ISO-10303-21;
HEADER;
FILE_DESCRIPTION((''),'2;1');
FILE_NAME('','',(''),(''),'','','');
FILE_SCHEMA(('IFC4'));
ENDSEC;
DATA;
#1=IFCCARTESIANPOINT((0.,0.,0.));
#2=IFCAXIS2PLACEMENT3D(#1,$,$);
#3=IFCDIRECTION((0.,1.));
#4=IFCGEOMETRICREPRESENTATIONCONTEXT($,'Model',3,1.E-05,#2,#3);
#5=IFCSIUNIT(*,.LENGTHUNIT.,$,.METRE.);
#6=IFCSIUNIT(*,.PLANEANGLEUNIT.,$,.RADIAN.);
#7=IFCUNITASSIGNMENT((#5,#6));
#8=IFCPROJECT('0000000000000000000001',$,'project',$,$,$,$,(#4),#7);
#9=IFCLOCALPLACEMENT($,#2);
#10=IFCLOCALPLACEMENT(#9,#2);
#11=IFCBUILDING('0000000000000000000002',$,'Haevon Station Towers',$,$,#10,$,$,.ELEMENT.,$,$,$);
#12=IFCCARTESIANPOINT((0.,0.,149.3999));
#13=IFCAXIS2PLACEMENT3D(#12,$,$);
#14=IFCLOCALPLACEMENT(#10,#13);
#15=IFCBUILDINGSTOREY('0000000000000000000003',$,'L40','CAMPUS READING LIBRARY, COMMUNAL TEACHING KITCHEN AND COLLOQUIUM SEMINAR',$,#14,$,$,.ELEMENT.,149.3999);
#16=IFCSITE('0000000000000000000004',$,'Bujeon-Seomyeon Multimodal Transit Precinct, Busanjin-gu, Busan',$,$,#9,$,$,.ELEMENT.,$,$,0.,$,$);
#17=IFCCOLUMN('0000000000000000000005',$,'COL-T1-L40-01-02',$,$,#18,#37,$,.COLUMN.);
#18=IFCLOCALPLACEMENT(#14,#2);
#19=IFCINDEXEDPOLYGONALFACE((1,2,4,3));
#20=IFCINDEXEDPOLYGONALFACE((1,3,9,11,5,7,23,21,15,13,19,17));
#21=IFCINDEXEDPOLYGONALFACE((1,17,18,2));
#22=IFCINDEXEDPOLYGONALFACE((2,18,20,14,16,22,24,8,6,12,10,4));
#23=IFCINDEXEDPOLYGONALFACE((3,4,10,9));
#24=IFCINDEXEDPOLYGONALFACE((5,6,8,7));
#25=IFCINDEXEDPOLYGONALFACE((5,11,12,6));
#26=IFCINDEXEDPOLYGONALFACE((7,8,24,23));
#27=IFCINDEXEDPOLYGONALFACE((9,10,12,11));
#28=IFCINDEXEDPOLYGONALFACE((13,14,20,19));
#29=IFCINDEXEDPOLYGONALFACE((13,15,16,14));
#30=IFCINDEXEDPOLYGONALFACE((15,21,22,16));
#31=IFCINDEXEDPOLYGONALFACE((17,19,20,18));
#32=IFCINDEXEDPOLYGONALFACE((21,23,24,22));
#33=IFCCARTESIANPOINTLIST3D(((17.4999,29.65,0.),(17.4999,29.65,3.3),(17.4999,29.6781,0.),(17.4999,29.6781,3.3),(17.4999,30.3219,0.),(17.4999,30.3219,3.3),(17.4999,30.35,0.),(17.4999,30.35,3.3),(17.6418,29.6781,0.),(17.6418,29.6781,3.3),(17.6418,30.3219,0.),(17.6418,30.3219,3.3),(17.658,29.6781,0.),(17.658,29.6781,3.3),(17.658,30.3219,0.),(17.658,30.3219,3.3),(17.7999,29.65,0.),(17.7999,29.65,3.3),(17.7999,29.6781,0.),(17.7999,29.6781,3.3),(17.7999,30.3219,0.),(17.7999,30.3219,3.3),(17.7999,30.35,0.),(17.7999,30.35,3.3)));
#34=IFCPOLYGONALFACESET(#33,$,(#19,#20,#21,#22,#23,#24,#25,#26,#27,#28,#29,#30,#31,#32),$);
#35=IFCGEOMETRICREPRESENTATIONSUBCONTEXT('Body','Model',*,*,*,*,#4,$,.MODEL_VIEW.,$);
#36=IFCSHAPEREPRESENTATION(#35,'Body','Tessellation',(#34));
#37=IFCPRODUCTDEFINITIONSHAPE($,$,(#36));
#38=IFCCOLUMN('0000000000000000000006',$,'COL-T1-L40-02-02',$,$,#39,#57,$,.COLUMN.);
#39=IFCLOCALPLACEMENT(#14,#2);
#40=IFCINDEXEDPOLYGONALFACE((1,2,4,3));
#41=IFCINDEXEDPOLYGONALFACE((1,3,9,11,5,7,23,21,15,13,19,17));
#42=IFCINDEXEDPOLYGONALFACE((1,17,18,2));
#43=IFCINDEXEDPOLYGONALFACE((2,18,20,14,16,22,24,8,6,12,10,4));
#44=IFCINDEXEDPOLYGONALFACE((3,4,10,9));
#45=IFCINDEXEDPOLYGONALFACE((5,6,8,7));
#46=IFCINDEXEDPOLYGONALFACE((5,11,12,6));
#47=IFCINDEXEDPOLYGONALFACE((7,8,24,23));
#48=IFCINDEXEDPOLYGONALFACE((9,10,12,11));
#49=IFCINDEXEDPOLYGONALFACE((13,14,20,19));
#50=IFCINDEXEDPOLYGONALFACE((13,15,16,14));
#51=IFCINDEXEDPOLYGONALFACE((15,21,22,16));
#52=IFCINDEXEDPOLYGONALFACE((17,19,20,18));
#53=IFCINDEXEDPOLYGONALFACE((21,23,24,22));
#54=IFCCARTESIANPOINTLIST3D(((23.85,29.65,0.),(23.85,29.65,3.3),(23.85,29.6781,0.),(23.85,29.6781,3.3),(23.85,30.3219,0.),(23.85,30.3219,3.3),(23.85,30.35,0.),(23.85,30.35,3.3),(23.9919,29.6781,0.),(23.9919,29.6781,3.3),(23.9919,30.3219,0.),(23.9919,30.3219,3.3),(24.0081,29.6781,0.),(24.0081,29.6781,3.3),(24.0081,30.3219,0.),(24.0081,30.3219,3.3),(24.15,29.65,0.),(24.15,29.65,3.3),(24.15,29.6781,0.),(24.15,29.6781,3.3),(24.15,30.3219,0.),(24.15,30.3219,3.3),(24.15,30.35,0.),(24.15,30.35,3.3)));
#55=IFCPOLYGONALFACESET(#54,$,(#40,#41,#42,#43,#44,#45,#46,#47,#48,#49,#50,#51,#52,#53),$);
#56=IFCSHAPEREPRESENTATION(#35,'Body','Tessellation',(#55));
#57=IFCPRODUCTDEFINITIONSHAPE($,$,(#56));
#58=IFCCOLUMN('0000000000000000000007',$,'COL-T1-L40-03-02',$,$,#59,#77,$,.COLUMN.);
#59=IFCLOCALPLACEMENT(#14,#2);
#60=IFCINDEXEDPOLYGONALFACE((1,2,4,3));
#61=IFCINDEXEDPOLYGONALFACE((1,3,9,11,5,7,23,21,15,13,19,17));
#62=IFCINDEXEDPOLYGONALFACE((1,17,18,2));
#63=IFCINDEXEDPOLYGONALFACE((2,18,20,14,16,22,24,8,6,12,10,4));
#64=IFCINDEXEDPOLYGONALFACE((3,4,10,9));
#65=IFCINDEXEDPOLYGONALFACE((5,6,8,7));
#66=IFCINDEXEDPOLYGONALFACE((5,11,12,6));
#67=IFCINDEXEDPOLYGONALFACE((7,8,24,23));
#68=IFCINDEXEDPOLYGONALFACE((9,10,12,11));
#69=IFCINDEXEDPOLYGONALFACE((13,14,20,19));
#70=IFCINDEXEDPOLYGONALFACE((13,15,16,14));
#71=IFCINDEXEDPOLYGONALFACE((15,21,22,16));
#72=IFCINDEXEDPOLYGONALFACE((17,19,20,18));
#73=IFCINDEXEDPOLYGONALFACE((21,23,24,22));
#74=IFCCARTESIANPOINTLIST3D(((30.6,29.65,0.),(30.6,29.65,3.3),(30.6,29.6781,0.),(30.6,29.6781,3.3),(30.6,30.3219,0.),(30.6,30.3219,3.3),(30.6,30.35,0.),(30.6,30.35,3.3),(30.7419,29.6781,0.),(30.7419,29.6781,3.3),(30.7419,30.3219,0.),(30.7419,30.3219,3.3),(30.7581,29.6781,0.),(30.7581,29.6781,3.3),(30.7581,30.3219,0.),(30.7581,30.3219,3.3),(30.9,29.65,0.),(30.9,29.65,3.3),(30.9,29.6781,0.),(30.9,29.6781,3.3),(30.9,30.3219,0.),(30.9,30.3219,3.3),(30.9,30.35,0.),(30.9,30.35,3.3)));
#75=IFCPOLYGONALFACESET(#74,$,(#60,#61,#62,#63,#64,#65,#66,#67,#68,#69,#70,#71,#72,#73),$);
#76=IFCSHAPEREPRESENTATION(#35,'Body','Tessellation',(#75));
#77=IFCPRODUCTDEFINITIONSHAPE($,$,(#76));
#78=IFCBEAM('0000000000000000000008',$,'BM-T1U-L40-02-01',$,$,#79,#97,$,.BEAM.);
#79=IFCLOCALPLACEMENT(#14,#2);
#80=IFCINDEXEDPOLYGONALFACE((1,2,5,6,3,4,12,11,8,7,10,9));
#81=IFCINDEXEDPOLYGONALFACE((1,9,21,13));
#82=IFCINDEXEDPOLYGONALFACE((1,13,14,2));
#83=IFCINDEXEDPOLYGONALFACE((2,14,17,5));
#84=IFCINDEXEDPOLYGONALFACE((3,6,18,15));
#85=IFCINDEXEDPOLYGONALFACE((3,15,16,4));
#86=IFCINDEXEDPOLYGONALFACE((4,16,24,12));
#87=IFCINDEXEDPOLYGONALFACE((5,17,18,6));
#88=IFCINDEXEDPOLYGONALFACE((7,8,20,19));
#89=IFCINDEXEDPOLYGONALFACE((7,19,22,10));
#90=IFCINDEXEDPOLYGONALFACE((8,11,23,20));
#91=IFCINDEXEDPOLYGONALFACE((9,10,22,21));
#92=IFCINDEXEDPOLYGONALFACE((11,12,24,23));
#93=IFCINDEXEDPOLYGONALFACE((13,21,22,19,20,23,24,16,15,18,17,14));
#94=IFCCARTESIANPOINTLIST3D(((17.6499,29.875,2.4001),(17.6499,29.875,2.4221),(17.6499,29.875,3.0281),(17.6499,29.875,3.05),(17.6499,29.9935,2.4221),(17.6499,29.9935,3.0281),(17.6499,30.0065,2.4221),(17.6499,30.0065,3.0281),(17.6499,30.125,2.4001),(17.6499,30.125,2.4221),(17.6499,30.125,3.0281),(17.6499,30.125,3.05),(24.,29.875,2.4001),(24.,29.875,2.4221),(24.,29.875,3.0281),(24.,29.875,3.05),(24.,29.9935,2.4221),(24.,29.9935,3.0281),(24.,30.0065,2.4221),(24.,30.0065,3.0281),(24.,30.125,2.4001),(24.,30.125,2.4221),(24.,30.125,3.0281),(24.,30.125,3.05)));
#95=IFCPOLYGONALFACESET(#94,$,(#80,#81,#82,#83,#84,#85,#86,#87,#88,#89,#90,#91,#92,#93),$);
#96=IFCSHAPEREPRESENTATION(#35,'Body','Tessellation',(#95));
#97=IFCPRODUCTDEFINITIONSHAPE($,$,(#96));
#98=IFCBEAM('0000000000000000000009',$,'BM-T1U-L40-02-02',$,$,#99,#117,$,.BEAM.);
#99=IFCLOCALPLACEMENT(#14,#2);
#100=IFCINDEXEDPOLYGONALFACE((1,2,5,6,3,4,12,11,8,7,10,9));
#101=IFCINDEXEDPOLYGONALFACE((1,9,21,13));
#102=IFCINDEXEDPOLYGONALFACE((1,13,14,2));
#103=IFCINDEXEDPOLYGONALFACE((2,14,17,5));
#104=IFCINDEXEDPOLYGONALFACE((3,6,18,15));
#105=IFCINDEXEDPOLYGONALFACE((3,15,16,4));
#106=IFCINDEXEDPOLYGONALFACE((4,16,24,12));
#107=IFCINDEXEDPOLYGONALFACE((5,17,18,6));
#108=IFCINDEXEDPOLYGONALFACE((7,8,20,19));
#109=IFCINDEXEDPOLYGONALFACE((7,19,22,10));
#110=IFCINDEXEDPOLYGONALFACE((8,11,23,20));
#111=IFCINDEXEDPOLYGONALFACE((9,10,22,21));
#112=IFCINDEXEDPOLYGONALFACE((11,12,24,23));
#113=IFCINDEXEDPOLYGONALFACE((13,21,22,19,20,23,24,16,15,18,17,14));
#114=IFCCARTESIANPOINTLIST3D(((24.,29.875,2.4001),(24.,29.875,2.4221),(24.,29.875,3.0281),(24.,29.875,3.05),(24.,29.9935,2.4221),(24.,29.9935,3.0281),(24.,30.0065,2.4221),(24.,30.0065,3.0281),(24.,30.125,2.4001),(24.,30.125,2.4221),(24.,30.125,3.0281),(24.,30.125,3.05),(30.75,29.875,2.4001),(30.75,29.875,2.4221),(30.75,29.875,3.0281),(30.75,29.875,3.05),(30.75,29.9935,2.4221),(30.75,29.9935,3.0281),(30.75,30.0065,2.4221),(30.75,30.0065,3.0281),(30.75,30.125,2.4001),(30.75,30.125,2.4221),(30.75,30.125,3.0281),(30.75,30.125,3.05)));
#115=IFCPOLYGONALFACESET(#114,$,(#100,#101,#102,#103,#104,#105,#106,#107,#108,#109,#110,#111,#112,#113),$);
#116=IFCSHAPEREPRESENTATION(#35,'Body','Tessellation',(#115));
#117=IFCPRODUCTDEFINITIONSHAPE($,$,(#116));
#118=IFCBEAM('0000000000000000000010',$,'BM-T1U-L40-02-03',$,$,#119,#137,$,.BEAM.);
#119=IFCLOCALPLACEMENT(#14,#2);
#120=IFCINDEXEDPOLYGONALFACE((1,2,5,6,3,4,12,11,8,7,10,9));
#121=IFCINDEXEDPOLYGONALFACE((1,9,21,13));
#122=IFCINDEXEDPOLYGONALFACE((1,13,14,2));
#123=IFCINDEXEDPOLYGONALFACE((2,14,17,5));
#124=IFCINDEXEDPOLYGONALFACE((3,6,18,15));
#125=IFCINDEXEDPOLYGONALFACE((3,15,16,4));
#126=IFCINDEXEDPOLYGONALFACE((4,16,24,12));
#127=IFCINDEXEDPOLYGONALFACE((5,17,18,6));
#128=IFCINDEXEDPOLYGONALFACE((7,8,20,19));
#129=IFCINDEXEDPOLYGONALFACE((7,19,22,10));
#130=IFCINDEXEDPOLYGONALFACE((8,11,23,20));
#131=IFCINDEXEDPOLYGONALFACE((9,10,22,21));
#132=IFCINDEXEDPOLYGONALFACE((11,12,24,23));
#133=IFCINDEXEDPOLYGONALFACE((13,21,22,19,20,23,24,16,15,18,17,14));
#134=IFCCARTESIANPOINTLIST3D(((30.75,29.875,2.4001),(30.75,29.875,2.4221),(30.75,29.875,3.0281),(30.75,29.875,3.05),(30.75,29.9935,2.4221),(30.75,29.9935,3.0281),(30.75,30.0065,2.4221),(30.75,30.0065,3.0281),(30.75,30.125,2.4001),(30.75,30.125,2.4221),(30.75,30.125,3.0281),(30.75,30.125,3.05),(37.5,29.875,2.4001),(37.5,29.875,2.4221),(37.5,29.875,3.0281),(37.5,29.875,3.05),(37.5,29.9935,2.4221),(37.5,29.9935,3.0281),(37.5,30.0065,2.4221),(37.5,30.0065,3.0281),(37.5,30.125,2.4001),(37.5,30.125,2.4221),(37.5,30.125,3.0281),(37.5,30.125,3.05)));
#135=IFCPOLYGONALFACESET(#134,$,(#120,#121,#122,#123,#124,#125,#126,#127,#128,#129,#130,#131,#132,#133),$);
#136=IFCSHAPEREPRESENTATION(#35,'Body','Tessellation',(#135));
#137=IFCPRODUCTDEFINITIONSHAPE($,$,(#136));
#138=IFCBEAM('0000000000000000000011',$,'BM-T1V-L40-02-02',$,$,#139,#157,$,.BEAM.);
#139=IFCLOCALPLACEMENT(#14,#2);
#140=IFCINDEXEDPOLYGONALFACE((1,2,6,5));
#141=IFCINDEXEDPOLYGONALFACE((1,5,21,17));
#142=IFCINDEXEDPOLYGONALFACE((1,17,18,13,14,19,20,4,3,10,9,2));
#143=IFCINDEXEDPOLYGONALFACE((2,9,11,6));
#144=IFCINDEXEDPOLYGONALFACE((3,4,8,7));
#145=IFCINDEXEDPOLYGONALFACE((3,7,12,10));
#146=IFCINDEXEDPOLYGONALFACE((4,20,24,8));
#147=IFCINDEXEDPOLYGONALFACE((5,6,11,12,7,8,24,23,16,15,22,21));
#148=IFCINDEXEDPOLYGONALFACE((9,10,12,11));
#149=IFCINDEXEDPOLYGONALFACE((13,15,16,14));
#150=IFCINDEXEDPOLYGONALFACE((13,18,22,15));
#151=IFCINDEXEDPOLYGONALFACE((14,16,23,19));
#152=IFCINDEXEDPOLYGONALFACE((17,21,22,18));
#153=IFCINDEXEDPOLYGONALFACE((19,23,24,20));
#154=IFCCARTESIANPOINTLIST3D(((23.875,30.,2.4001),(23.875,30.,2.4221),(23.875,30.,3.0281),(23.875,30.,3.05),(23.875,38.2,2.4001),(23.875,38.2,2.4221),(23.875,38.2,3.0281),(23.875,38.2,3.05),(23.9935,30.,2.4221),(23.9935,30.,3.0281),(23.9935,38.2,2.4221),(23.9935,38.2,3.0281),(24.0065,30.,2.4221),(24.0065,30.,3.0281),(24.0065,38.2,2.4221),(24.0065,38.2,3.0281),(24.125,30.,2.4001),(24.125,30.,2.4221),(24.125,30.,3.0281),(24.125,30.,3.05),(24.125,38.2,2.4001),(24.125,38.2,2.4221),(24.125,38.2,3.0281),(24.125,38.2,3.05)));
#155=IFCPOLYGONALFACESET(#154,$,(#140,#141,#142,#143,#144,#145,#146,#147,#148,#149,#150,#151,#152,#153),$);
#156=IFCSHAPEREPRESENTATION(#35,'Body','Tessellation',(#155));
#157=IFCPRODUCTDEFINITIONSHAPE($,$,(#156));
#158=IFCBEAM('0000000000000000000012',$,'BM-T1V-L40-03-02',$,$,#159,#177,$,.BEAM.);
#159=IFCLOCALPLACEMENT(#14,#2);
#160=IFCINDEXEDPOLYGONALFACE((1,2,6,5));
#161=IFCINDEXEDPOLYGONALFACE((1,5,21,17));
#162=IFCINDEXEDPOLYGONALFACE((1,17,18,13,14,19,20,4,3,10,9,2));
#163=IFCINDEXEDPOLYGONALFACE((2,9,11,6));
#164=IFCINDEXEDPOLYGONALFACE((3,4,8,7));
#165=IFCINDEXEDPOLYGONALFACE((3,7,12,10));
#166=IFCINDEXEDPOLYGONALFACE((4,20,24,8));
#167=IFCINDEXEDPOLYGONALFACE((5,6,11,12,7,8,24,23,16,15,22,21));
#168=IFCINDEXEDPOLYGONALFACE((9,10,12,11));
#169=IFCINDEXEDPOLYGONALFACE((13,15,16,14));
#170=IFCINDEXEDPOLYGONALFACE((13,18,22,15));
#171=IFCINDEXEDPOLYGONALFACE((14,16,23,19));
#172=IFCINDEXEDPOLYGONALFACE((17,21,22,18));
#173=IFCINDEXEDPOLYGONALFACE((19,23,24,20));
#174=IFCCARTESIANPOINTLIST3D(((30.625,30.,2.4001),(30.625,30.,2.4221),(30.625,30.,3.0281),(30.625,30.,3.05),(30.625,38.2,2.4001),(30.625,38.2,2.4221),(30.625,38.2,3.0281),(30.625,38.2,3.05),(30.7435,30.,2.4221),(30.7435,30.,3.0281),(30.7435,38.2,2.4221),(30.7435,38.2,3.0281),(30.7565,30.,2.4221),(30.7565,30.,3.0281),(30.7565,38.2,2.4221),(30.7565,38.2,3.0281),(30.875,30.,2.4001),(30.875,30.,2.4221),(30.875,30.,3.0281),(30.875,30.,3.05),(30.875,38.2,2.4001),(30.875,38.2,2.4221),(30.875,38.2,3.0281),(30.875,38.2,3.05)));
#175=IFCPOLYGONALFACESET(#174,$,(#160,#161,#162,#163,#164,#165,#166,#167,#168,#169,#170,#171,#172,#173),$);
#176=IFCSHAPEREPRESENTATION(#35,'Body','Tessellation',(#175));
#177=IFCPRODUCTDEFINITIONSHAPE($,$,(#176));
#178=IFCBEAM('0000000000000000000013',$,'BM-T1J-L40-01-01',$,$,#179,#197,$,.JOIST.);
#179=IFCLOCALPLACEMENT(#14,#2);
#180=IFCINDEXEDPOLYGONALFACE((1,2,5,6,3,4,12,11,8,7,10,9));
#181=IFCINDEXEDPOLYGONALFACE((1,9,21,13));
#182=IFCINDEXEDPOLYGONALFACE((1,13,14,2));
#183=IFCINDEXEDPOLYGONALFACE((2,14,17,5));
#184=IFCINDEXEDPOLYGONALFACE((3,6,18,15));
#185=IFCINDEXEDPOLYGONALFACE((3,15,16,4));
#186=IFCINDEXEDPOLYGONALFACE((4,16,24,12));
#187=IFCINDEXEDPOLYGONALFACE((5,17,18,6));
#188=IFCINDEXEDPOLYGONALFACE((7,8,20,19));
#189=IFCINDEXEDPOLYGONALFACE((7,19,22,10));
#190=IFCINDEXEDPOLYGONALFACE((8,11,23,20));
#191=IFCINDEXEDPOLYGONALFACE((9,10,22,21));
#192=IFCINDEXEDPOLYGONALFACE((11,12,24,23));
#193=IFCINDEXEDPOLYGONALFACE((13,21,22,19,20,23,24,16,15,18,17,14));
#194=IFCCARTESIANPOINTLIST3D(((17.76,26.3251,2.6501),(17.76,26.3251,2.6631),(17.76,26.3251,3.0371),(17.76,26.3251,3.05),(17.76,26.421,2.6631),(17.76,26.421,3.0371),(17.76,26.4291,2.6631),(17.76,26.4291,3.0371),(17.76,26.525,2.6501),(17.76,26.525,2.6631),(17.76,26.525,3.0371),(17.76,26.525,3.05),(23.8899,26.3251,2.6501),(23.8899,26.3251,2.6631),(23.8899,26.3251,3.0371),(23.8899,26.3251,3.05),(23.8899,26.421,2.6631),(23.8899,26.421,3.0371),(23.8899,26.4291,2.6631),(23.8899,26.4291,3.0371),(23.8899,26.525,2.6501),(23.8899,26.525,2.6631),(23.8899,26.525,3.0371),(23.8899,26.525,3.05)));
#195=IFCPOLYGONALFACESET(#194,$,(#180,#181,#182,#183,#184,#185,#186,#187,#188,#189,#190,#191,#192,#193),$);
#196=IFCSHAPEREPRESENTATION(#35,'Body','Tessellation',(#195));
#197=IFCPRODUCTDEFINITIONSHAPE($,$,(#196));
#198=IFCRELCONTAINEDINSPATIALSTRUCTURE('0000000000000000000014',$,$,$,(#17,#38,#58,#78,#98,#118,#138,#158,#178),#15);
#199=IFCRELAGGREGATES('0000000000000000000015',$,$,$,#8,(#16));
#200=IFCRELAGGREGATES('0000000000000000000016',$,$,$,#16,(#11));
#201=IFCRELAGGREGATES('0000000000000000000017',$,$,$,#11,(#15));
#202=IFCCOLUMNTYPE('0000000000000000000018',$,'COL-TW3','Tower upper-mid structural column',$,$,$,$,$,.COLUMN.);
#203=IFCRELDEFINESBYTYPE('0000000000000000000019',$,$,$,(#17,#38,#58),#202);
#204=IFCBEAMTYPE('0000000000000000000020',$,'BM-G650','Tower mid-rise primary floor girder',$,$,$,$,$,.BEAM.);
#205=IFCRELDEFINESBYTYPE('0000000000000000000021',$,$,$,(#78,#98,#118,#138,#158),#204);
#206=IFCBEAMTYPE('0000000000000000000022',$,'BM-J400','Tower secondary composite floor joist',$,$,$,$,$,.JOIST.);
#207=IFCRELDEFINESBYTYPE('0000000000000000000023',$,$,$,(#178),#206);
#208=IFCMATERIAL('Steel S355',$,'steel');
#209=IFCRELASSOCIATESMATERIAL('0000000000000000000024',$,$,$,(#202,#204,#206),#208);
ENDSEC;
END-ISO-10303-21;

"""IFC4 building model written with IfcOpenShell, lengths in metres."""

from ifc_helpers import new_model, si_unit, direction, frame, origin, origin_2d, place, context, subcontext, project, spatial, i_section, extrude, material, material_profile, profile_set, type_object, element, save


model = new_model("IFC4")

# Units and contexts
model_context = context("Model", 3, precision=1e-05, world=origin(), true_north=direction((0.0, 1.0)))
body_context = subcontext(model_context, "Body", "Model", "MODEL_VIEW")
ifc_project = project(units=[si_unit("LENGTHUNIT", "METRE"), si_unit("PLANEANGLEUNIT", "RADIAN")], contexts=[model_context])

# Site, building, storey
site_placement = place(None, origin())
site = spatial("IfcSite", under=ifc_project, at=site_placement, Name="Bujeon-Seomyeon Multimodal Transit Precinct, Busanjin-gu, Busan", CompositionType="ELEMENT", RefElevation=0.0)
building_placement = place(site_placement, origin())
building = spatial("IfcBuilding", under=site, at=building_placement, Name="Haevon Station Towers", CompositionType="ELEMENT")
storey_placement = place(building_placement, frame((0.0, 0.0, 149.3999)))
storey = spatial("IfcBuildingStorey", under=building, at=storey_placement, Name="L40", Description="CAMPUS READING LIBRARY, COMMUNAL TEACHING KITCHEN AND COLLOQUIUM SEMINAR", CompositionType="ELEMENT", Elevation=149.3999)

# Columns
ifc_material_1 = material(Name="Steel S355", Category="steel")
ifc_material_profile_1 = material_profile(ifc_material_1, i_section(OverallWidth=0.3, OverallDepth=0.7, WebThickness=0.0161, FlangeThickness=0.0281, at=origin_2d()), Name="H-700x300x16x28")
ifc_profile_set_1 = profile_set([ifc_material_profile_1], Name="Steel S355")
column_type = type_object("IfcColumnType", Name="COL-TW3", Description="Tower upper-mid structural column", PredefinedType="COLUMN", material=ifc_profile_set_1)
for number, where, z_axis, x_axis, name in (
    (1, (17.6499, 30.0, 0.0), (0.0, 0.0, 1.0), (1.0, 0.0, 0.0), "COL-T1-L40-01-02"),
    (2, (24.0, 30.0, 0.0), (0.0, 0.0, 1.0), (1.0, 0.0, 0.0), "COL-T1-L40-02-02"),
    (3, (30.75, 30.0, 0.0), (0.0, 0.0, 1.0), (1.0, 0.0, 0.0), "COL-T1-L40-03-02"),
):
    element("IfcColumn", number, at=place(storey_placement, frame(where, z_axis=z_axis, x_axis=x_axis)), inside=storey, type_object=column_type, Name=name, PredefinedType="COLUMN", context=body_context, shape_type="SweptSolid", body=[
        extrude(i_section(OverallWidth=0.3, OverallDepth=0.7, WebThickness=0.0161, FlangeThickness=0.0281, at=origin_2d()), origin(), (0.0, 0.0, 1.0), 3.3),
    ])

# Beams
ifc_material_profile_2 = material_profile(ifc_material_1, i_section(OverallWidth=0.25, OverallDepth=0.6499, WebThickness=0.0129, FlangeThickness=0.022, at=origin_2d()), Name="H-650x250x13x22")
ifc_profile_set_2 = profile_set([ifc_material_profile_2], Name="Steel S355")
beam_type_1 = type_object("IfcBeamType", Name="BM-G650", Description="Tower mid-rise primary floor girder", PredefinedType="BEAM", material=ifc_profile_set_2)
beam_1_placement = place(storey_placement, frame((17.6499, 30.0, 2.7251), z_axis=(1.0, 0.0, 0.0), x_axis=(0.0, 1.0, 0.0)))
element("IfcBeam", 4, at=beam_1_placement, inside=storey, type_object=beam_type_1, Name="BM-T1U-L40-02-01", PredefinedType="BEAM", context=body_context, shape_type="SweptSolid", body=[
    extrude(i_section(OverallWidth=0.25, OverallDepth=0.6499, WebThickness=0.0129, FlangeThickness=0.022, at=origin_2d()), origin(), (0.0, 0.0, 1.0), 6.3501),
])
for number, where, z_axis, x_axis, name in (
    (5, (24.0, 30.0, 2.7251), (1.0, 0.0, 0.0), (0.0, 1.0, 0.0), "BM-T1U-L40-02-02"),
    (6, (30.75, 30.0, 2.7251), (1.0, 0.0, 0.0), (0.0, 1.0, 0.0), "BM-T1U-L40-02-03"),
):
    element("IfcBeam", number, at=place(storey_placement, frame(where, z_axis=z_axis, x_axis=x_axis)), inside=storey, type_object=beam_type_1, Name=name, PredefinedType="BEAM", context=body_context, shape_type="SweptSolid", body=[
        extrude(i_section(OverallWidth=0.25, OverallDepth=0.6499, WebThickness=0.0129, FlangeThickness=0.022, at=origin_2d()), origin(), (0.0, 0.0, 1.0), 6.75),
    ])
for number, where, z_axis, x_axis, name in (
    (7, (24.0, 30.0, 2.7251), (0.0, 1.0, 0.0), (-1.0, 0.0, 0.0), "BM-T1V-L40-02-02"),
    (8, (30.75, 30.0, 2.7251), (0.0, 1.0, 0.0), (-1.0, 0.0, 0.0), "BM-T1V-L40-03-02"),
):
    element("IfcBeam", number, at=place(storey_placement, frame(where, z_axis=z_axis, x_axis=x_axis)), inside=storey, type_object=beam_type_1, Name=name, PredefinedType="BEAM", context=body_context, shape_type="SweptSolid", body=[
        extrude(i_section(OverallWidth=0.25, OverallDepth=0.6499, WebThickness=0.0129, FlangeThickness=0.022, at=origin_2d()), origin(), (0.0, 0.0, 1.0), 8.2),
    ])
ifc_material_profile_3 = material_profile(ifc_material_1, i_section(OverallWidth=0.2, OverallDepth=0.3999, WebThickness=0.0081, FlangeThickness=0.0129, at=origin_2d()), Name="H-400x200x8x13")
ifc_profile_set_3 = profile_set([ifc_material_profile_3], Name="Steel S355")
beam_type_2 = type_object("IfcBeamType", Name="BM-J400", Description="Tower secondary composite floor joist", PredefinedType="JOIST", material=ifc_profile_set_3)
beam_2_placement = place(storey_placement, frame((17.76, 26.425, 2.8501), z_axis=(1.0, 0.0, 0.0), x_axis=(0.0, 1.0, 0.0)))
element("IfcBeam", 9, at=beam_2_placement, inside=storey, type_object=beam_type_2, Name="BM-T1J-L40-01-01", PredefinedType="JOIST", context=body_context, shape_type="SweptSolid", body=[
    extrude(i_section(OverallWidth=0.2, OverallDepth=0.3999, WebThickness=0.0081, FlangeThickness=0.0129, at=origin_2d()), origin(), (0.0, 0.0, 1.0), 6.1299),
])

save(model, "model.ifc")
